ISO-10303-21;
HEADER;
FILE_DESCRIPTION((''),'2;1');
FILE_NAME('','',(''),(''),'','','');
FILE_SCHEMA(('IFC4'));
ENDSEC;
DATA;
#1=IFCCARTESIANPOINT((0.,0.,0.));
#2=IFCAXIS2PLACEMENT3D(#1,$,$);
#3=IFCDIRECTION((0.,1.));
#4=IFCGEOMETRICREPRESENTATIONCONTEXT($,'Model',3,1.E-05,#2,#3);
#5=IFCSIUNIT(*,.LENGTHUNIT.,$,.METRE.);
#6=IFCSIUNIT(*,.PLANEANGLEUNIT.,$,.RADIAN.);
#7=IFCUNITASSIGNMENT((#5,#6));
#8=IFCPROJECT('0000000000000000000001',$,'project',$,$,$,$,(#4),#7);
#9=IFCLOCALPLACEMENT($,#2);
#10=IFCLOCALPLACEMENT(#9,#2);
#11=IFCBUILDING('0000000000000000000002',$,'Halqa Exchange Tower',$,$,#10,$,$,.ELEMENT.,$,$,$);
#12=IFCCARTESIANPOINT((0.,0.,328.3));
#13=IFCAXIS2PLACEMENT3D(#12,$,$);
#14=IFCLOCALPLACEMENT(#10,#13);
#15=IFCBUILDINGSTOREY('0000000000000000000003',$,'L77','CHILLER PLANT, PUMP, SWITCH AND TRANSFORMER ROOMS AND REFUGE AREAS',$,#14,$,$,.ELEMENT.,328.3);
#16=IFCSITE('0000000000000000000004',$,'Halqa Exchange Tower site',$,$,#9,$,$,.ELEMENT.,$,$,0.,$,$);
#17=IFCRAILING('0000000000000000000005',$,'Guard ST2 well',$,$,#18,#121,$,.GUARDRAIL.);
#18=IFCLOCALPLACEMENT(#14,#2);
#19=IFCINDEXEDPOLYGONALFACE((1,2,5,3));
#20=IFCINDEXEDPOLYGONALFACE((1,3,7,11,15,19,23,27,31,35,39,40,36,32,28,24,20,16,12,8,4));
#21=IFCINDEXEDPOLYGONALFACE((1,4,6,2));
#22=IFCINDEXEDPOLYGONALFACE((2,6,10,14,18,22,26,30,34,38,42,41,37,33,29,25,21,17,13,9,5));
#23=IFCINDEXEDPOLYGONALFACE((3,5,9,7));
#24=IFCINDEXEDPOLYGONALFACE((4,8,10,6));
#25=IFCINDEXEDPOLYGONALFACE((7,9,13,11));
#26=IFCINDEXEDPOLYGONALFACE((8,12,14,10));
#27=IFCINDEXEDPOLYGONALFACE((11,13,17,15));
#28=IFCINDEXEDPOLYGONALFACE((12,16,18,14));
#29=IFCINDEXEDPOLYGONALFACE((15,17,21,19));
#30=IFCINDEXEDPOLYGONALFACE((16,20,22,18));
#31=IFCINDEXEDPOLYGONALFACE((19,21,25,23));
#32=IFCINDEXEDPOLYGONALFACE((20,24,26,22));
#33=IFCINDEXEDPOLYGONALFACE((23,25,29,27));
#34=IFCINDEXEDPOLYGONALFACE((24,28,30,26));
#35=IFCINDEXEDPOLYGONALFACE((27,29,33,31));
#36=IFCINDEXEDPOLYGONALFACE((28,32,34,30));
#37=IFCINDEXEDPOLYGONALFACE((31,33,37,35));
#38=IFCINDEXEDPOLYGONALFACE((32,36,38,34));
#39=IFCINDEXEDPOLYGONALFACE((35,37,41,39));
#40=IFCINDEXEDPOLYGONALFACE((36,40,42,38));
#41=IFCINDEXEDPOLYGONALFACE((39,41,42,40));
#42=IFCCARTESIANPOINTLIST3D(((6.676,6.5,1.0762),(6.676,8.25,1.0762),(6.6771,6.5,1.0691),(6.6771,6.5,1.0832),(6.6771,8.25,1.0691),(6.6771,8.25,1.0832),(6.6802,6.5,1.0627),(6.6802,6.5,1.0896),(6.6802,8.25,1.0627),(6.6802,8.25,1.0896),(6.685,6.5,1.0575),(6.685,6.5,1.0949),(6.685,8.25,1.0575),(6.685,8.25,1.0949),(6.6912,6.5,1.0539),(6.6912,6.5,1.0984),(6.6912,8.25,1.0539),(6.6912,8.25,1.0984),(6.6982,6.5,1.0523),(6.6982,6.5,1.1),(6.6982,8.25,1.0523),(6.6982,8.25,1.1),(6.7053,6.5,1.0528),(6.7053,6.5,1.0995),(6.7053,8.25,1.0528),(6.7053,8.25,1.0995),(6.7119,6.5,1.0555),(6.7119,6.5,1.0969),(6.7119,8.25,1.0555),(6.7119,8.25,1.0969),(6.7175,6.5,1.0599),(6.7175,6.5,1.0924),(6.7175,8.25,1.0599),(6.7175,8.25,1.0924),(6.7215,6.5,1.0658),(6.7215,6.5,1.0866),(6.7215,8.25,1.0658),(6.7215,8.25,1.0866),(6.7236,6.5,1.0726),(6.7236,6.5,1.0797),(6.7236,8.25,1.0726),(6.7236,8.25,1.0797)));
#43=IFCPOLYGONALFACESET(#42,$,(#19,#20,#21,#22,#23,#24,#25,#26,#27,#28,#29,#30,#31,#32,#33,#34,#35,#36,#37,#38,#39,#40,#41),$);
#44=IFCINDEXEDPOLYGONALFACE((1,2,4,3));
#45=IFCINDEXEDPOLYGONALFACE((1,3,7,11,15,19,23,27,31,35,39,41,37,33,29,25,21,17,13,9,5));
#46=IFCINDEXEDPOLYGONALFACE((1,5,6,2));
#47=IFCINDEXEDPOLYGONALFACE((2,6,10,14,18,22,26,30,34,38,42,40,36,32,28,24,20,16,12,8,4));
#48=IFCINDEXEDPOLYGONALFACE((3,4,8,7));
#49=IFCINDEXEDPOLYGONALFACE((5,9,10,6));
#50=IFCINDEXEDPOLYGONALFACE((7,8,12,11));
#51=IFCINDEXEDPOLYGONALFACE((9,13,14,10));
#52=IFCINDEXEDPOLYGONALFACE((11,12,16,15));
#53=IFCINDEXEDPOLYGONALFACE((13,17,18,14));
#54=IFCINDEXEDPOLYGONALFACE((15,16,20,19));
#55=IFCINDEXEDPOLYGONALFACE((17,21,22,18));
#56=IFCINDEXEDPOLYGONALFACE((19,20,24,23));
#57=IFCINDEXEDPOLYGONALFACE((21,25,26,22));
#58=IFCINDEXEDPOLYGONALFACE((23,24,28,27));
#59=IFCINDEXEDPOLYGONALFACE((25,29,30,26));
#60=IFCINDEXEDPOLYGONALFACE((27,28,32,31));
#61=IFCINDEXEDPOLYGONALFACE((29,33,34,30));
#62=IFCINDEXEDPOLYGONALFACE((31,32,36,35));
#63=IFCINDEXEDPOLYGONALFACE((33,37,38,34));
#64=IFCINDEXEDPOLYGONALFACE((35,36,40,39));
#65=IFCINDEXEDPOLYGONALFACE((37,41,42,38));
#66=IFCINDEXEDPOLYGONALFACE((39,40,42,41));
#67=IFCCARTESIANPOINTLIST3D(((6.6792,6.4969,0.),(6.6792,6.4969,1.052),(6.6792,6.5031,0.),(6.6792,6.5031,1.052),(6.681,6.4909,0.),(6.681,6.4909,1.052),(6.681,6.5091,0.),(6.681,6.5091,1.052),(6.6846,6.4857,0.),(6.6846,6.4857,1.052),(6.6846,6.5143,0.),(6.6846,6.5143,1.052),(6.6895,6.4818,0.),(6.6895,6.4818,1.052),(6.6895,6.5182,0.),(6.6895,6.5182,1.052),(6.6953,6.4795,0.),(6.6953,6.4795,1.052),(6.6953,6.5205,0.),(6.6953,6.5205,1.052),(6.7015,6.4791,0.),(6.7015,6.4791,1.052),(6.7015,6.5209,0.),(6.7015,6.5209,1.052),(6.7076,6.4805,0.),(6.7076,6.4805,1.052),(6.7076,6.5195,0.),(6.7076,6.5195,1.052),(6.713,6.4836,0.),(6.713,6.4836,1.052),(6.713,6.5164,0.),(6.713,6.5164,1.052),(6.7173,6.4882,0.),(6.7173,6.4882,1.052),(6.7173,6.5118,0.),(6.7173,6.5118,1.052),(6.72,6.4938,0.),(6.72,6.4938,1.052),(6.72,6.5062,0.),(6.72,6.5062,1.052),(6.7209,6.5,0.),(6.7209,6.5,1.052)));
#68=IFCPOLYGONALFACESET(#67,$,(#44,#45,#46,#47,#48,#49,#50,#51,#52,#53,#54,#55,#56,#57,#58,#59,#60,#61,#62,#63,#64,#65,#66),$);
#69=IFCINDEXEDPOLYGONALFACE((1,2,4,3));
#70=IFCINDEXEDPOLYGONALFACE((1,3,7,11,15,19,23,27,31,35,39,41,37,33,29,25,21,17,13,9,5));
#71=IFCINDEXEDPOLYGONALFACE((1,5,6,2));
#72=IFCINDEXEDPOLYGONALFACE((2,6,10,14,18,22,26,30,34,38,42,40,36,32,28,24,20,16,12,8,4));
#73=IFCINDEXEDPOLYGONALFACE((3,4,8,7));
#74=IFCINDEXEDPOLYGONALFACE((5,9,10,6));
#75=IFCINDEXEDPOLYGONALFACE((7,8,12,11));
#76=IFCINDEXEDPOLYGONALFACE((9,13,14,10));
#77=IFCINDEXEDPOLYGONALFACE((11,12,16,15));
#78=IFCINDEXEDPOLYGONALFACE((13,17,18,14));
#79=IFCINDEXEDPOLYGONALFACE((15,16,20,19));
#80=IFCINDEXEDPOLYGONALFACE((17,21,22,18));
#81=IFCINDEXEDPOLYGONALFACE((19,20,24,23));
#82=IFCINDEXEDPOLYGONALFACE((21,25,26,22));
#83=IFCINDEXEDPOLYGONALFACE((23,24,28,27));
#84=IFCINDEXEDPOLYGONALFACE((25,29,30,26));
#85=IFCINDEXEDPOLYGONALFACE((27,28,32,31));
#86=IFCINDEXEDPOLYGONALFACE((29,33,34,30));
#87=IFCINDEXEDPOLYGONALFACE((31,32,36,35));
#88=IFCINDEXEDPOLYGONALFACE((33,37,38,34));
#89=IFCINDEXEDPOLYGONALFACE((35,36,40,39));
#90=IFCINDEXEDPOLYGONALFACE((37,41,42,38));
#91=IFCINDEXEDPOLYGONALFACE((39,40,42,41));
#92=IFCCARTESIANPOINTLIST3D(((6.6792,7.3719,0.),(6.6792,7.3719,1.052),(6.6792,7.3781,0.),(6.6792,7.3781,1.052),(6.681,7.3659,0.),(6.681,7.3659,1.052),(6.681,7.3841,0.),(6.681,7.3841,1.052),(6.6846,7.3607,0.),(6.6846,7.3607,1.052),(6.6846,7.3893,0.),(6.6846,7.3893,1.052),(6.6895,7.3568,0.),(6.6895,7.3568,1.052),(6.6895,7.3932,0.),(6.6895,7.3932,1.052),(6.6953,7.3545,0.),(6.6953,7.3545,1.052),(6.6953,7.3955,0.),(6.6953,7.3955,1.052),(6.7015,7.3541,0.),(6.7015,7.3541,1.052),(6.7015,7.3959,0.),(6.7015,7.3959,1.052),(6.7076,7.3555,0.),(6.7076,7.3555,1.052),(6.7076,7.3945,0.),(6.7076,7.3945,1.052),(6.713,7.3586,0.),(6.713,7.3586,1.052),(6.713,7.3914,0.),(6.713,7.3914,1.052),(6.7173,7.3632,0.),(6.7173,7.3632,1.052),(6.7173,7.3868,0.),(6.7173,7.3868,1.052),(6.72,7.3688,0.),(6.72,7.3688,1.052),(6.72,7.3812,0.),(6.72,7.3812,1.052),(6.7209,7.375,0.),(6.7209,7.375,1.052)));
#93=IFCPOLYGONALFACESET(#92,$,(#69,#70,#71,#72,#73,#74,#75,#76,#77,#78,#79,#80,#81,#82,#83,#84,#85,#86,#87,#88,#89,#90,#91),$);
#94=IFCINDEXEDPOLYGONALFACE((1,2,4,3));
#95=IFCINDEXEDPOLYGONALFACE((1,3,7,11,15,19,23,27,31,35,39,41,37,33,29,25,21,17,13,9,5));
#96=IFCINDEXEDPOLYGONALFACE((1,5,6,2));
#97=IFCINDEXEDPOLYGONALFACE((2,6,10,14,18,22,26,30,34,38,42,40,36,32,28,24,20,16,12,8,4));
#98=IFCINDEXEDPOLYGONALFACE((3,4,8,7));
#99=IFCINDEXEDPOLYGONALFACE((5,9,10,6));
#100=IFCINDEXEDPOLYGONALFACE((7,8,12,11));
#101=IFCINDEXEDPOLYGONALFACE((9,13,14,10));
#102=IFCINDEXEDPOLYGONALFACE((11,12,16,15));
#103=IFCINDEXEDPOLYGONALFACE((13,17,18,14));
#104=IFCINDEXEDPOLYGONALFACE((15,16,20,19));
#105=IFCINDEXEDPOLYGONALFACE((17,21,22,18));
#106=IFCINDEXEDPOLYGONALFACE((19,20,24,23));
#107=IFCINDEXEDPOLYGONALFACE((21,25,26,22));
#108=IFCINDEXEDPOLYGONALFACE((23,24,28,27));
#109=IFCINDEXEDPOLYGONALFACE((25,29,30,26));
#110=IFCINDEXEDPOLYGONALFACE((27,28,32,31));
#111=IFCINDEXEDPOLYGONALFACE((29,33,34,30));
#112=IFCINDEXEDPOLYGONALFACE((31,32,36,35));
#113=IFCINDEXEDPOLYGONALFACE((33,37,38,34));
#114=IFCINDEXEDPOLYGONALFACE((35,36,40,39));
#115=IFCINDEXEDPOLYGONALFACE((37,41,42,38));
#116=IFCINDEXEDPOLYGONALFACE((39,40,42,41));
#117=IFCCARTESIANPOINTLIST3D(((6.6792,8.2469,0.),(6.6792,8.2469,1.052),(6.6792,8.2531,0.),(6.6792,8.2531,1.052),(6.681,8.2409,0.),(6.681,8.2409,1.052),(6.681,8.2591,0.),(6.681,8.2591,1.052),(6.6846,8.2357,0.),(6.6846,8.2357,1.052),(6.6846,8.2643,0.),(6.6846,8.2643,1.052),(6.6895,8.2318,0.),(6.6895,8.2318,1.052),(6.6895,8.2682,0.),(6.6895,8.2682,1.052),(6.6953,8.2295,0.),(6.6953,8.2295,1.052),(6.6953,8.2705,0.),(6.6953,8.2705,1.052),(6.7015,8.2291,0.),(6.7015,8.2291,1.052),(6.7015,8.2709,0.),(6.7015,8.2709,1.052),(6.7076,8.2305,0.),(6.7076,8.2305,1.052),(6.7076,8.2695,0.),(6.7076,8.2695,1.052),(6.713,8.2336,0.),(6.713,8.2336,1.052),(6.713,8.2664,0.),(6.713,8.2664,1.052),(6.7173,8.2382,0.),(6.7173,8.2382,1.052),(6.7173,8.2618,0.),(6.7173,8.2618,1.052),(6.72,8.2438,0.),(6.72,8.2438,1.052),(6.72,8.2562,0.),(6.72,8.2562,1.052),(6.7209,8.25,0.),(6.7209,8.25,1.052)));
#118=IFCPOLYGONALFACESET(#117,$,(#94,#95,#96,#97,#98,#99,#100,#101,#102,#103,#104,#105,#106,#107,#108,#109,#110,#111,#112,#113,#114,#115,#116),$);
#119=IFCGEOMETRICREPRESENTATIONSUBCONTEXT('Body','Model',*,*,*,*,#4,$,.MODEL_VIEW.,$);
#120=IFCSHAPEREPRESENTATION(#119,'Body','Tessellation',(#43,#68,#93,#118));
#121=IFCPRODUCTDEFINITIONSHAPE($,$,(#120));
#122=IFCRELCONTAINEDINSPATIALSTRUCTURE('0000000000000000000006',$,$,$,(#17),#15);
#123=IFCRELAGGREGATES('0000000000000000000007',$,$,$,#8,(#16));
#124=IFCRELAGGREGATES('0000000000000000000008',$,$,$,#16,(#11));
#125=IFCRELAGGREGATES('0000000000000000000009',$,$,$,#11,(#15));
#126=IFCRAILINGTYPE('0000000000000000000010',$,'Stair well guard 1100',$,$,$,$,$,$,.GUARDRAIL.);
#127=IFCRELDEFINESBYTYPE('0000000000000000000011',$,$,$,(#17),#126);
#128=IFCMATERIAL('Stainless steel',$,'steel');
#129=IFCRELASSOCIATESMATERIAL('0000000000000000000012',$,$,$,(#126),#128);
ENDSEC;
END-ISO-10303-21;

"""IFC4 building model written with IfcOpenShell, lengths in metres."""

from ifc_helpers import new_model, si_unit, direction, frame, origin, origin_2d, place, context, subcontext, project, spatial, circle, extrude, material, type_object, element, save


model = new_model("IFC4")

# Units and contexts
model_context = context("Model", 3, precision=1e-05, world=origin(), true_north=direction((0.0, 1.0)))
body_context = subcontext(model_context, "Body", "Model", "MODEL_VIEW")
ifc_project = project(units=[si_unit("LENGTHUNIT", "METRE"), si_unit("PLANEANGLEUNIT", "RADIAN")], contexts=[model_context])

# Site, building, storey
site_placement = place(None, origin())
site = spatial("IfcSite", under=ifc_project, at=site_placement, Name="Halqa Exchange Tower site", CompositionType="ELEMENT", RefElevation=0.0)
building_placement = place(site_placement, origin())
building = spatial("IfcBuilding", under=site, at=building_placement, Name="Halqa Exchange Tower", CompositionType="ELEMENT")
storey_placement = place(building_placement, frame((0.0, 0.0, 328.3)))
storey = spatial("IfcBuildingStorey", under=building, at=storey_placement, Name="L77", Description="CHILLER PLANT, PUMP, SWITCH AND TRANSFORMER ROOMS AND REFUGE AREAS", CompositionType="ELEMENT", Elevation=328.3)

# Railing
ifc_material_1 = material(Name="Stainless steel", Category="steel")
railing_type_1 = type_object("IfcRailingType", Name="Stair well guard 1100", PredefinedType="GUARDRAIL", material=ifc_material_1)
railing_1_placement = place(storey_placement, frame((6.7, 6.5, 0.0)))
element("IfcRailing", 1, at=railing_1_placement, inside=storey, type_object=railing_type_1, Name="Guard ST2 well", PredefinedType="GUARDRAIL", context=body_context, shape_type="SweptSolid", body=[
    extrude(circle(Radius=0.0239, at=origin_2d()), frame((0.0, 0.0, 1.0762), z_axis=(0.0, 1.0, 0.0), x_axis=(-1.0, 0.0, 0.0)), (0.0, 0.0, 1.0), 1.75),
    extrude(circle(Radius=0.021, at=origin_2d()), origin(), (0.0, 0.0, 1.0), 1.052),
    extrude(circle(Radius=0.021, at=origin_2d()), frame((0.0, 0.875, 0.0)), (0.0, 0.0, 1.0), 1.052),
    extrude(circle(Radius=0.021, at=origin_2d()), frame((0.0, 1.75, 0.0)), (0.0, 0.0, 1.0), 1.052),
])

save(model, "model.ifc")
